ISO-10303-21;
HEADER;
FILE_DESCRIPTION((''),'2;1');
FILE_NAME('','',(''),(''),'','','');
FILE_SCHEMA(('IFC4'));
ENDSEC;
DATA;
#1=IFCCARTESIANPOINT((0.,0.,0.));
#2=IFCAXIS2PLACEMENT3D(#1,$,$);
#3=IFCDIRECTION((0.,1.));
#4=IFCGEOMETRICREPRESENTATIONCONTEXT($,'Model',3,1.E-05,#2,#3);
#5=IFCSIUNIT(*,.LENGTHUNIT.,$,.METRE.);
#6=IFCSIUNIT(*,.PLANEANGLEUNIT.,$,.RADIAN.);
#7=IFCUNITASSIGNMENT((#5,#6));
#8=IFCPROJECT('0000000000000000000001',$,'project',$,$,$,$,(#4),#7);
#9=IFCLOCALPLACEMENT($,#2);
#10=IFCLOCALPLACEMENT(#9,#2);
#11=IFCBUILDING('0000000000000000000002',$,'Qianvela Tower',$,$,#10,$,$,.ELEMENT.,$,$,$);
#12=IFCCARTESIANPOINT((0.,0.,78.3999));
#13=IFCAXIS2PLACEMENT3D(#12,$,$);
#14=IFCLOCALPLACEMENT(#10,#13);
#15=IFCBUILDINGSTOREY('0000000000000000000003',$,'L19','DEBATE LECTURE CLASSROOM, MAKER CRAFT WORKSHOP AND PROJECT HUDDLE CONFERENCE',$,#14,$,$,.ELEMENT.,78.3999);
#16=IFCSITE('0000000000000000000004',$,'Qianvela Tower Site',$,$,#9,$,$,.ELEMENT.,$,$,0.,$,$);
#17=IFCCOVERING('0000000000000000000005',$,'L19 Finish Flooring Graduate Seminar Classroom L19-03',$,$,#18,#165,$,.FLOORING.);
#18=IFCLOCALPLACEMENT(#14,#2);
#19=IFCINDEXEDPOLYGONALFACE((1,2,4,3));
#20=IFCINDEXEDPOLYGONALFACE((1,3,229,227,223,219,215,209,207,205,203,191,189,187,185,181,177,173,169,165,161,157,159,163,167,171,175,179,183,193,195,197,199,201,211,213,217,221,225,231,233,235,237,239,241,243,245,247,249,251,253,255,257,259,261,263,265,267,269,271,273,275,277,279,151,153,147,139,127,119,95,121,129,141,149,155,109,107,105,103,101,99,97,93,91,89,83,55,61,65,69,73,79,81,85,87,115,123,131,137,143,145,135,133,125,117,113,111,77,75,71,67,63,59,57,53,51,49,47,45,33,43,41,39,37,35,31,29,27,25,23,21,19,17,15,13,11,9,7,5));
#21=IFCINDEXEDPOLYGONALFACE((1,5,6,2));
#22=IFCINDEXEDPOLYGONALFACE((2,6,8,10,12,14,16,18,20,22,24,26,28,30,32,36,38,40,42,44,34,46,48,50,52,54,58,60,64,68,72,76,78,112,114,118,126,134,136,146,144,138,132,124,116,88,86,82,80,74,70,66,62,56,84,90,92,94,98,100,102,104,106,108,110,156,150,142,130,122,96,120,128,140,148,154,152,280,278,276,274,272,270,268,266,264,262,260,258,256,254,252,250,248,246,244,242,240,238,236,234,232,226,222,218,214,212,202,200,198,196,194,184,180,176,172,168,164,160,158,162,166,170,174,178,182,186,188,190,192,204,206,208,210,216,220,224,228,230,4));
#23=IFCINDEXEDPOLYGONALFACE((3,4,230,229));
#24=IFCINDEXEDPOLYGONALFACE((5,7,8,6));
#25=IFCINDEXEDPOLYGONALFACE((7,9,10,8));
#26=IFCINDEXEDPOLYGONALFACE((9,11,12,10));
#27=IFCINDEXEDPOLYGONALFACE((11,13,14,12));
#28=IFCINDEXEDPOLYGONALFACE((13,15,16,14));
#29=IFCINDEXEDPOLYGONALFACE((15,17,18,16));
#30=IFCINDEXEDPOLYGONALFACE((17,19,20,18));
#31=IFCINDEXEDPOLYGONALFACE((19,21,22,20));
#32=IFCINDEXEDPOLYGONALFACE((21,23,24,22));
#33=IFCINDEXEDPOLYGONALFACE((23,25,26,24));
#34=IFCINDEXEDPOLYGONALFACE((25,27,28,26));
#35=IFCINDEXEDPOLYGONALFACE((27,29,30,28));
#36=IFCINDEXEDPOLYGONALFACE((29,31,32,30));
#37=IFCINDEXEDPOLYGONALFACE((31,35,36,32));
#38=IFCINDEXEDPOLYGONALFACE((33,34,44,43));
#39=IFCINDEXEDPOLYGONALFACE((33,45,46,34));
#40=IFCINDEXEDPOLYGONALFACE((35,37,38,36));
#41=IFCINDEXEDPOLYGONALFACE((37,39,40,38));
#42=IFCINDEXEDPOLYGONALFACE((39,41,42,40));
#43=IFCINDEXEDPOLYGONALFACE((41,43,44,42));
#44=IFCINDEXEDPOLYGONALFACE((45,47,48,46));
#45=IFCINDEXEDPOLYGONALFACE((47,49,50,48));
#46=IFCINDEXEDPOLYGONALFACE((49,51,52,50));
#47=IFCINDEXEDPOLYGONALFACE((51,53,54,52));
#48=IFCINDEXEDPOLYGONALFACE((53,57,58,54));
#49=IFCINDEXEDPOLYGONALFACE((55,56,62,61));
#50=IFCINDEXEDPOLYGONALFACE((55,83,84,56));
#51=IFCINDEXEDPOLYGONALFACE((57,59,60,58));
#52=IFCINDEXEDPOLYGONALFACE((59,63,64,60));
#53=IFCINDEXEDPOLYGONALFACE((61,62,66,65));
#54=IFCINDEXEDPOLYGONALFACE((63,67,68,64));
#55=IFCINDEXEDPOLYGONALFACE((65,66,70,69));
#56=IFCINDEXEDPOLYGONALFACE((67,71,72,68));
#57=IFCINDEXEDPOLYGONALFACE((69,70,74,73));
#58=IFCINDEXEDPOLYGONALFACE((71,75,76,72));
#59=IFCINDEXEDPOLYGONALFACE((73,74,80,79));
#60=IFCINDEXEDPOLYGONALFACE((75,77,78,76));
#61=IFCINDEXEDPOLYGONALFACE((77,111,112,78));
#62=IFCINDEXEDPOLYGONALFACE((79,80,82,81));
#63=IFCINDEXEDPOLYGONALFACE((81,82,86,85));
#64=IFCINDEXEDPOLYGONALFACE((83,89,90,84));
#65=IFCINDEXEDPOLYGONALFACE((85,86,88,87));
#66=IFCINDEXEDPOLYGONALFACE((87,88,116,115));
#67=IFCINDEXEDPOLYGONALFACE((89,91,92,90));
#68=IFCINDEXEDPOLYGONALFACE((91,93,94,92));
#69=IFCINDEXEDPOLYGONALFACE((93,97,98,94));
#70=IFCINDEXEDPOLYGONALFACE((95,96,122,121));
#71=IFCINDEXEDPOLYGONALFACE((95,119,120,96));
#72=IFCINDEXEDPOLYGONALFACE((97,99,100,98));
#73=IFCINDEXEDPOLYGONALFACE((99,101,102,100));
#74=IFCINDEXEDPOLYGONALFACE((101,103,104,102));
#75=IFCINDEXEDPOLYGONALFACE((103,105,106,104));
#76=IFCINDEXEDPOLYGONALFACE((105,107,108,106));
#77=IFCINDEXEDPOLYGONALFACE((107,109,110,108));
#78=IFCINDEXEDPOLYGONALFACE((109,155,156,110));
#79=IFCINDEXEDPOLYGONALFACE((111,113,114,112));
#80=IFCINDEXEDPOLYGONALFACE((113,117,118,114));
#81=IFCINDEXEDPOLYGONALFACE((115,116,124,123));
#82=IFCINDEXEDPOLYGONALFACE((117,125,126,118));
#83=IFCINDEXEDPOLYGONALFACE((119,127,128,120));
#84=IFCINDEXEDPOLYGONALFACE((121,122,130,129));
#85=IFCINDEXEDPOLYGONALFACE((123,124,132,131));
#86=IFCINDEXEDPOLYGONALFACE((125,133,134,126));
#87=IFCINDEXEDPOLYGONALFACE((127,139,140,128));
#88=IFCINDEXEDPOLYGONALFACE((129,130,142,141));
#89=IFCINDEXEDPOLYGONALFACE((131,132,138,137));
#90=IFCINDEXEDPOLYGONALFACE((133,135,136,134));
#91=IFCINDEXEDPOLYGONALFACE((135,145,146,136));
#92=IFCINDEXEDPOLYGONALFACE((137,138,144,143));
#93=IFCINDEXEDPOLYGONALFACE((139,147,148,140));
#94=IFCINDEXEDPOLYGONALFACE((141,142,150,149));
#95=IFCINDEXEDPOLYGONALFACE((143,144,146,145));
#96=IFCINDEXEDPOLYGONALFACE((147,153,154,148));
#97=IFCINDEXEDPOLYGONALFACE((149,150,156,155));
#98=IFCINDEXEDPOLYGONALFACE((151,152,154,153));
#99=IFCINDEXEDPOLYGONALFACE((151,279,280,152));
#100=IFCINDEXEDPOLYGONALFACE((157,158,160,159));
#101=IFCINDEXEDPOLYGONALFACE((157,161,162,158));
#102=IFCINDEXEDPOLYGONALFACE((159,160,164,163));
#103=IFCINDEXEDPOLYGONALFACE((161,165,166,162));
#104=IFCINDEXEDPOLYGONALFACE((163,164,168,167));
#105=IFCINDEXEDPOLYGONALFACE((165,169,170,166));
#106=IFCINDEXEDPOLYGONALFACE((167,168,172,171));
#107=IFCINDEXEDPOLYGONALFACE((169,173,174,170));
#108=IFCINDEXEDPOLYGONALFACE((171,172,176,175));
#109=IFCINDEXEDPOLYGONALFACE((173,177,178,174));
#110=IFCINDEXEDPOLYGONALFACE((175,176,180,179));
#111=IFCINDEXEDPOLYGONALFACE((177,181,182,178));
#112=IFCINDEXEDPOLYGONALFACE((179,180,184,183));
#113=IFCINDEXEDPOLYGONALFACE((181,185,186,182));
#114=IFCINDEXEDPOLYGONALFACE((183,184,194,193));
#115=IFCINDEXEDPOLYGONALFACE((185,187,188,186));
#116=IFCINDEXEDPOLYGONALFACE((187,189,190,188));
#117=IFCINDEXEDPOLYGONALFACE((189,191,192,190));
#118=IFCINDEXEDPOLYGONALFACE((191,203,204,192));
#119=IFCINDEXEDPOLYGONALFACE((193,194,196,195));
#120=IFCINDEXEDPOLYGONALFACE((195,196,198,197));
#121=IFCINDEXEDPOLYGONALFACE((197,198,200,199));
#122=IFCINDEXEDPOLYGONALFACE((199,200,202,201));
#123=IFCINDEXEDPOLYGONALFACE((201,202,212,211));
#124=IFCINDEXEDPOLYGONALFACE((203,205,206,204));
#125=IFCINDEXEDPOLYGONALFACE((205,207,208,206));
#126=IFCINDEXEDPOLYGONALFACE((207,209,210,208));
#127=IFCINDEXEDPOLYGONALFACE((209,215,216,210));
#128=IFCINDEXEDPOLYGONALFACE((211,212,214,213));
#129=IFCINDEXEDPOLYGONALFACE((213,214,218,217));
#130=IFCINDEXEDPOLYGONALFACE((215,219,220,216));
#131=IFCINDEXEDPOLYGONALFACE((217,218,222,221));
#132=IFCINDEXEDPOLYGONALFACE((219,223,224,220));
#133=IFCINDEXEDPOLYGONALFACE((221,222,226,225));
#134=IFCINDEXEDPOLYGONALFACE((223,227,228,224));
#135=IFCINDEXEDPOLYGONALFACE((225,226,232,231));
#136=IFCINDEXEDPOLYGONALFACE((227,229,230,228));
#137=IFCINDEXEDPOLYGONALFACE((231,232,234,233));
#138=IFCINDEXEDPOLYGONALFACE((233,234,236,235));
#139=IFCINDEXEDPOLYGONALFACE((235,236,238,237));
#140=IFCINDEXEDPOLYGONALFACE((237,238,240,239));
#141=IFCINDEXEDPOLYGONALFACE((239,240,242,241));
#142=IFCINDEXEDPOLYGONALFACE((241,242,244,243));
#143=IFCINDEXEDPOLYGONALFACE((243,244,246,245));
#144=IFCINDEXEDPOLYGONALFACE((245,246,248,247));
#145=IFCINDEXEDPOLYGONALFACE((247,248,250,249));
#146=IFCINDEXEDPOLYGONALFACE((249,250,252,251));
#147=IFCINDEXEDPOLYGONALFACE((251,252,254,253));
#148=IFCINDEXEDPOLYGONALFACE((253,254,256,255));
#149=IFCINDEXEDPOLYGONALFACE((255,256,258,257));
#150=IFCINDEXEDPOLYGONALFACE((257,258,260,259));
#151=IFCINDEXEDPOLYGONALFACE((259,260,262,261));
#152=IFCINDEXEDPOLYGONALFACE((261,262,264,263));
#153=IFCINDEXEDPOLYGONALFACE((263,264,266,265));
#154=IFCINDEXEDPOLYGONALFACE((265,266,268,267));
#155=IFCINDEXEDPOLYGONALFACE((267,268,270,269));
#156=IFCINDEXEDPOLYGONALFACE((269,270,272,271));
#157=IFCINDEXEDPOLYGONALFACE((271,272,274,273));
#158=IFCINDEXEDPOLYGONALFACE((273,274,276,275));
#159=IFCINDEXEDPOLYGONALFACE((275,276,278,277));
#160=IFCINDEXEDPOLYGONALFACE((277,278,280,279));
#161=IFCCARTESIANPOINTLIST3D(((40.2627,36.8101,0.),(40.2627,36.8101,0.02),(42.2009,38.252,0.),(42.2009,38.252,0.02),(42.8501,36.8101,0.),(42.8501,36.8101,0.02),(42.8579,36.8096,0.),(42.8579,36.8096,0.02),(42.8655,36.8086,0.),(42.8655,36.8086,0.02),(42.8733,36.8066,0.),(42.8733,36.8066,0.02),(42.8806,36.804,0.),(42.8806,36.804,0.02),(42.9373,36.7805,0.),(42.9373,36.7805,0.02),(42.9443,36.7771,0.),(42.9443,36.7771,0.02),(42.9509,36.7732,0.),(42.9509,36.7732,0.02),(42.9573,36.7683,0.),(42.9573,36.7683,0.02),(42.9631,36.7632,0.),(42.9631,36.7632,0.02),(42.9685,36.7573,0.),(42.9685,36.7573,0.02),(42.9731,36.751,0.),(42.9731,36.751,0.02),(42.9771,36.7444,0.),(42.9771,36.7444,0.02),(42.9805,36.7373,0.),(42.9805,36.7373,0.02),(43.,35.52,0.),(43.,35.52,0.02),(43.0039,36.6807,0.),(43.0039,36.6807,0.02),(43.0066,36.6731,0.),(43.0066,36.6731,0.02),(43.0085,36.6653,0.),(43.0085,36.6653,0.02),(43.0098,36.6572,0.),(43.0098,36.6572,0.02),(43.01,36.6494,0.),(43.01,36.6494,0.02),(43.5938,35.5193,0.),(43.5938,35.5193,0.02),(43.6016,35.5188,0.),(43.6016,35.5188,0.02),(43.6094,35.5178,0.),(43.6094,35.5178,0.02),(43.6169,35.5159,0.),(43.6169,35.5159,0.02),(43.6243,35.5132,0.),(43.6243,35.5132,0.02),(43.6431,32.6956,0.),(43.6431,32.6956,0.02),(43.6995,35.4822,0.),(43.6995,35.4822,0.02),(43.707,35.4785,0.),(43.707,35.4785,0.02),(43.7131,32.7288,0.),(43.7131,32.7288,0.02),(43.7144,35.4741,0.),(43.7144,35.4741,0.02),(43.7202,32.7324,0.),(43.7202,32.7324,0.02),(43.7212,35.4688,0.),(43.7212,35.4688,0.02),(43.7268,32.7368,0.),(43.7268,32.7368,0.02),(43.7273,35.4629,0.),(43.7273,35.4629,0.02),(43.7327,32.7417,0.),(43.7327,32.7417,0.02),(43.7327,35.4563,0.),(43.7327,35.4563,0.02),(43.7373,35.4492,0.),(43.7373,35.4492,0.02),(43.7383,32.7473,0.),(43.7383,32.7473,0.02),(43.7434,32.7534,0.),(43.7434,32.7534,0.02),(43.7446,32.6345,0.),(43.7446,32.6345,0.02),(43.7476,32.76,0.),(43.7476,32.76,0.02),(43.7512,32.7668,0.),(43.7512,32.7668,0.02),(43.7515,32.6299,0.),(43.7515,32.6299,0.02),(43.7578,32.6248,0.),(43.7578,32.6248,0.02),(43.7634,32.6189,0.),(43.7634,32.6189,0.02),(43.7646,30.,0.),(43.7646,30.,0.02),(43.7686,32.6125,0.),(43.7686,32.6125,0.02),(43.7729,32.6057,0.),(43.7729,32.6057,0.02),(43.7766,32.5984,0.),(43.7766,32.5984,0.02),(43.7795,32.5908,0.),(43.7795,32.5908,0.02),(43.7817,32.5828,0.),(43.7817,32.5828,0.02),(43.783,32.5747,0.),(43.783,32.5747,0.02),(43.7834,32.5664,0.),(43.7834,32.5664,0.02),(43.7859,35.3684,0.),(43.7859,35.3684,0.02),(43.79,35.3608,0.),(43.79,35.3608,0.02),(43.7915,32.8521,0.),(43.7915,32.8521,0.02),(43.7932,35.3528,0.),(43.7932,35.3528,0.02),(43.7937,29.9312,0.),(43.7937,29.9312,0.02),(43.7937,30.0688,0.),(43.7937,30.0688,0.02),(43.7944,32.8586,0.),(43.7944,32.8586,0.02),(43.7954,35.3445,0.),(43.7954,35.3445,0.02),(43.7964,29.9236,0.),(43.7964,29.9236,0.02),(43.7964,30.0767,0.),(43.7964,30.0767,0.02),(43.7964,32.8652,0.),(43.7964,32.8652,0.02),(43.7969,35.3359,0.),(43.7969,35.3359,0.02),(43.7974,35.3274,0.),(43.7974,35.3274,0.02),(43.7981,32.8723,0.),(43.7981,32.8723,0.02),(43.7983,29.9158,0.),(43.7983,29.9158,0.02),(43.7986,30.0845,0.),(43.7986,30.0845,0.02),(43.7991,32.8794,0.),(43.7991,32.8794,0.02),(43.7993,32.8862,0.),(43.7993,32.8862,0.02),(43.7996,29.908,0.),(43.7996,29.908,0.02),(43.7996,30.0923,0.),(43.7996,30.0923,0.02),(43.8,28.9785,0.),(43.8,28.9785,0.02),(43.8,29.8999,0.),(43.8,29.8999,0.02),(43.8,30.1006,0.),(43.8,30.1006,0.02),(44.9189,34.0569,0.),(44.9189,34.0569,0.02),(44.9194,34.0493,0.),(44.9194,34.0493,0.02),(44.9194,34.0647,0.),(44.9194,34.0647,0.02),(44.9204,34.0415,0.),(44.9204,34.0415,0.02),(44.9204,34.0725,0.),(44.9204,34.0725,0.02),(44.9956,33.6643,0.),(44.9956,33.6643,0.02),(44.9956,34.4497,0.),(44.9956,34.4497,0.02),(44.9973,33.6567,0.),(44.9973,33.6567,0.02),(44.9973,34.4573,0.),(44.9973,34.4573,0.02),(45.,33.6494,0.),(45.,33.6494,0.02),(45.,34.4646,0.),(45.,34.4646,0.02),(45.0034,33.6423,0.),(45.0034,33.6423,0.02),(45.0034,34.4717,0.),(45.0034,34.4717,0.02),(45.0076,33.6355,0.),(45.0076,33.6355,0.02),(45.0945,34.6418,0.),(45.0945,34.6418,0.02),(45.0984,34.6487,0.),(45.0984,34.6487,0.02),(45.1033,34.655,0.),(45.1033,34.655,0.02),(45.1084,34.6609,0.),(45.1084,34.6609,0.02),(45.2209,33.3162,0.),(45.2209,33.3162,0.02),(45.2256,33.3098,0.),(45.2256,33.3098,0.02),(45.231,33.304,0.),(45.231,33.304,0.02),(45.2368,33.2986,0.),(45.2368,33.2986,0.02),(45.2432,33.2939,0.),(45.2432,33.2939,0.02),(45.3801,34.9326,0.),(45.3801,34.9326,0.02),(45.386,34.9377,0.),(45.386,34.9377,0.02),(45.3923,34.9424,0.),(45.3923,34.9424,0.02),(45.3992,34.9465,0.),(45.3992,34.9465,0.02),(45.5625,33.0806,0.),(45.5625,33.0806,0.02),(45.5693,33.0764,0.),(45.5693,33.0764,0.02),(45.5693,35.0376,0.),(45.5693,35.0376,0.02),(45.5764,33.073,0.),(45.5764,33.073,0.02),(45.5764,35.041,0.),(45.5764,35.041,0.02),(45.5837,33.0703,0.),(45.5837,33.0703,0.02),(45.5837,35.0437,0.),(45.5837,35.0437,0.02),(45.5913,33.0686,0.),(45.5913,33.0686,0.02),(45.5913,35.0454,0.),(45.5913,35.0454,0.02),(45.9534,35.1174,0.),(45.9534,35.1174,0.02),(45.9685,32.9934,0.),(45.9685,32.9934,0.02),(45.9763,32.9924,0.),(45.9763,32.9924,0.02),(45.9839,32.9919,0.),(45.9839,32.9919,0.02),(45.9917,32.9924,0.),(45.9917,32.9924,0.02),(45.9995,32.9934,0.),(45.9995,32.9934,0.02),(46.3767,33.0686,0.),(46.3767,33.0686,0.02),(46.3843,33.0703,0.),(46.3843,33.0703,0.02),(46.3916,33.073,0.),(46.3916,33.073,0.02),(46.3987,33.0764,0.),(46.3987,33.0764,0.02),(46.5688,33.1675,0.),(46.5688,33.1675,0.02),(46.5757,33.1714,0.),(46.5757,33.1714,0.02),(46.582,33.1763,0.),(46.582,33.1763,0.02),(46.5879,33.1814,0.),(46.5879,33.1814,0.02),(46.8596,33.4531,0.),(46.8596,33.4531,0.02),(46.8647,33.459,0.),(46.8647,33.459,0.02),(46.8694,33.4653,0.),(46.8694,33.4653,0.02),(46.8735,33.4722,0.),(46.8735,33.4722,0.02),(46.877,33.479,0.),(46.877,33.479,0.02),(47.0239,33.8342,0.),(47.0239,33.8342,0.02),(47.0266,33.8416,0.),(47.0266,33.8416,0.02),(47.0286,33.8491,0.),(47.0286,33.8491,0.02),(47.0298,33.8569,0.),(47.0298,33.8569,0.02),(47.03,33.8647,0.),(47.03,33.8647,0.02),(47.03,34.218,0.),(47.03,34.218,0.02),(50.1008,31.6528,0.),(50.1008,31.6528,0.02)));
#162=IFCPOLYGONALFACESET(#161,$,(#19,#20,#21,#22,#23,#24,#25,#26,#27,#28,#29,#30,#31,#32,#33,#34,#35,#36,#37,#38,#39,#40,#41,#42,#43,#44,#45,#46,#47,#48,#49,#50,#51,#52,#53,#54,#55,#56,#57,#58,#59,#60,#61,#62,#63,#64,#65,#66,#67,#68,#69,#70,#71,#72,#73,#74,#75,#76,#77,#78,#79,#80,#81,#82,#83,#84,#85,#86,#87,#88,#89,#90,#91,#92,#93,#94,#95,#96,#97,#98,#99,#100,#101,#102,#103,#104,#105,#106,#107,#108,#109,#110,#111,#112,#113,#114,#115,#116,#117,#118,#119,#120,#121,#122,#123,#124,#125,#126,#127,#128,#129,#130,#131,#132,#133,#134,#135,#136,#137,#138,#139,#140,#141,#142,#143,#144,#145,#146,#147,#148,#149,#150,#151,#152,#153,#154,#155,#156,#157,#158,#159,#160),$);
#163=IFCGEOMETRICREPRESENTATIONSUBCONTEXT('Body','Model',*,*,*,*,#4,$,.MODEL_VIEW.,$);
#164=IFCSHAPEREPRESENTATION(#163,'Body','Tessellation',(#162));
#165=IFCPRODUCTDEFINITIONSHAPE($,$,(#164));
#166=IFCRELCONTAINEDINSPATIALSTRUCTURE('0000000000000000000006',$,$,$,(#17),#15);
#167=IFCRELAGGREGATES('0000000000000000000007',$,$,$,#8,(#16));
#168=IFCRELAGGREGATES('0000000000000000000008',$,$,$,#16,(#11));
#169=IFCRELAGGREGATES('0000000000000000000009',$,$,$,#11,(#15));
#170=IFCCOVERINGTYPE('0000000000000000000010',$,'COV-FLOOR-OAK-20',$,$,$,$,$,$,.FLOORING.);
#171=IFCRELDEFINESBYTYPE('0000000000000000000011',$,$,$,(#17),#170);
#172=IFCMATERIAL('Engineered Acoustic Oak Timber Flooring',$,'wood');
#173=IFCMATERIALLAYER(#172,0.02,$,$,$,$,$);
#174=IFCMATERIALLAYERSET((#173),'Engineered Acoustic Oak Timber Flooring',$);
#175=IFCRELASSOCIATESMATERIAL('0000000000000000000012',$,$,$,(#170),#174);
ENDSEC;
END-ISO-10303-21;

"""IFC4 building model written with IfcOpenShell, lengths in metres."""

from ifc_helpers import new_model, si_unit, direction, frame, origin, place, context, subcontext, project, spatial, polyline, outline, extrude, material, layer, layer_set, type_object, element, save


model = new_model("IFC4")

# Units and contexts
model_context = context("Model", 3, precision=1e-05, world=origin(), true_north=direction((0.0, 1.0)))
body_context = subcontext(model_context, "Body", "Model", "MODEL_VIEW")
ifc_project = project(units=[si_unit("LENGTHUNIT", "METRE"), si_unit("PLANEANGLEUNIT", "RADIAN")], contexts=[model_context])

# Site, building, storey
site_placement = place(None, origin())
site = spatial("IfcSite", under=ifc_project, at=site_placement, Name="Qianvela Tower Site", CompositionType="ELEMENT", RefElevation=0.0)
building_placement = place(site_placement, origin())
building = spatial("IfcBuilding", under=site, at=building_placement, Name="Qianvela Tower", CompositionType="ELEMENT")
storey_placement = place(building_placement, frame((0.0, 0.0, 78.3999)))
storey = spatial("IfcBuildingStorey", under=building, at=storey_placement, Name="L19", Description="DEBATE LECTURE CLASSROOM, MAKER CRAFT WORKSHOP AND PROJECT HUDDLE CONFERENCE", CompositionType="ELEMENT", Elevation=78.3999)

# Covering
ifc_material_1 = material(Name="Engineered Acoustic Oak Timber Flooring", Category="wood")
ifc_layer_1 = layer(ifc_material_1, 0.02)
ifc_layer_set_1 = layer_set([ifc_layer_1], Name="Engineered Acoustic Oak Timber Flooring")
covering_type_1 = type_object("IfcCoveringType", Name="COV-FLOOR-OAK-20", PredefinedType="FLOORING", material=ifc_layer_set_1)
covering_1_placement = place(storey_placement, origin())
element("IfcCovering", 1, at=covering_1_placement, inside=storey, type_object=covering_type_1, Name="L19 Finish Flooring Graduate Seminar Classroom L19-03", PredefinedType="FLOORING", context=body_context, shape_type="SweptSolid", body=[
    extrude(outline(polyline([(43.6431, 32.6956), (43.7131, 32.7288), (43.7202, 32.7324), (43.7268, 32.7368), (43.7327, 32.7417), (43.7383, 32.7473), (43.7434, 32.7534), (43.7476, 32.76), (43.7512, 32.7668), (43.7915, 32.8521), (43.7944, 32.8586), (43.7964, 32.8652), (43.7981, 32.8723), (43.7991, 32.8794), (43.7993, 32.8862), (43.7974, 35.3274), (43.7969, 35.3359), (43.7954, 35.3445), (43.7932, 35.3528), (43.79, 35.3608), (43.7859, 35.3684), (43.7373, 35.4492), (43.7327, 35.4563), (43.7273, 35.4629), (43.7212, 35.4688), (43.7144, 35.4741), (43.707, 35.4785), (43.6995, 35.4822), (43.6243, 35.5132), (43.6169, 35.5159), (43.6094, 35.5178), (43.6016, 35.5188), (43.5938, 35.5193), (43.0, 35.52), (43.01, 36.6494), (43.0098, 36.6572), (43.0085, 36.6653), (43.0066, 36.6731), (43.0039, 36.6807), (42.9805, 36.7373), (42.9771, 36.7444), (42.9731, 36.751), (42.9685, 36.7573), (42.9631, 36.7632), (42.9573, 36.7683), (42.9509, 36.7732), (42.9443, 36.7771), (42.9373, 36.7805), (42.8806, 36.804), (42.8733, 36.8066), (42.8655, 36.8086), (42.8579, 36.8096), (42.8501, 36.8101), (40.2627, 36.8101), (42.2009, 38.252), (45.9534, 35.1174), (45.5913, 35.0454), (45.5837, 35.0437), (45.5764, 35.041), (45.5693, 35.0376), (45.3992, 34.9465), (45.3923, 34.9424), (45.386, 34.9377), (45.3801, 34.9326), (45.1084, 34.6609), (45.1033, 34.655), (45.0984, 34.6487), (45.0945, 34.6418), (45.0034, 34.4717), (45.0, 34.4646), (44.9973, 34.4573), (44.9956, 34.4497), (44.9204, 34.0725), (44.9194, 34.0647), (44.9189, 34.0569), (44.9194, 34.0493), (44.9204, 34.0415), (44.9956, 33.6643), (44.9973, 33.6567), (45.0, 33.6494), (45.0034, 33.6423), (45.0076, 33.6355), (45.2209, 33.3162), (45.2256, 33.3098), (45.231, 33.304), (45.2368, 33.2986), (45.2432, 33.2939), (45.5625, 33.0806), (45.5693, 33.0764), (45.5764, 33.073), (45.5837, 33.0703), (45.5913, 33.0686), (45.9685, 32.9934), (45.9763, 32.9924), (45.9839, 32.9919), (45.9917, 32.9924), (45.9995, 32.9934), (46.3767, 33.0686), (46.3843, 33.0703), (46.3916, 33.073), (46.3987, 33.0764), (46.5688, 33.1675), (46.5757, 33.1714), (46.582, 33.1763), (46.5879, 33.1814), (46.8596, 33.4531), (46.8647, 33.459), (46.8694, 33.4653), (46.8735, 33.4722), (46.877, 33.479), (47.0239, 33.8342), (47.0266, 33.8416), (47.0286, 33.8491), (47.0298, 33.8569), (47.03, 33.8647), (47.03, 34.218), (50.1008, 31.6528), (43.8, 28.9785), (43.8, 29.8999), (43.7996, 29.908), (43.7983, 29.9158), (43.7964, 29.9236), (43.7937, 29.9312), (43.7646, 30.0), (43.7937, 30.0688), (43.7964, 30.0767), (43.7986, 30.0845), (43.7996, 30.0923), (43.8, 30.1006), (43.7834, 32.5664), (43.783, 32.5747), (43.7817, 32.5828), (43.7795, 32.5908), (43.7766, 32.5984), (43.7729, 32.6057), (43.7686, 32.6125), (43.7634, 32.6189), (43.7578, 32.6248), (43.7515, 32.6299), (43.7446, 32.6345), (43.6431, 32.6956)])), origin(), (0.0, 0.0, 1.0), 0.02),
])

save(model, "model.ifc")
